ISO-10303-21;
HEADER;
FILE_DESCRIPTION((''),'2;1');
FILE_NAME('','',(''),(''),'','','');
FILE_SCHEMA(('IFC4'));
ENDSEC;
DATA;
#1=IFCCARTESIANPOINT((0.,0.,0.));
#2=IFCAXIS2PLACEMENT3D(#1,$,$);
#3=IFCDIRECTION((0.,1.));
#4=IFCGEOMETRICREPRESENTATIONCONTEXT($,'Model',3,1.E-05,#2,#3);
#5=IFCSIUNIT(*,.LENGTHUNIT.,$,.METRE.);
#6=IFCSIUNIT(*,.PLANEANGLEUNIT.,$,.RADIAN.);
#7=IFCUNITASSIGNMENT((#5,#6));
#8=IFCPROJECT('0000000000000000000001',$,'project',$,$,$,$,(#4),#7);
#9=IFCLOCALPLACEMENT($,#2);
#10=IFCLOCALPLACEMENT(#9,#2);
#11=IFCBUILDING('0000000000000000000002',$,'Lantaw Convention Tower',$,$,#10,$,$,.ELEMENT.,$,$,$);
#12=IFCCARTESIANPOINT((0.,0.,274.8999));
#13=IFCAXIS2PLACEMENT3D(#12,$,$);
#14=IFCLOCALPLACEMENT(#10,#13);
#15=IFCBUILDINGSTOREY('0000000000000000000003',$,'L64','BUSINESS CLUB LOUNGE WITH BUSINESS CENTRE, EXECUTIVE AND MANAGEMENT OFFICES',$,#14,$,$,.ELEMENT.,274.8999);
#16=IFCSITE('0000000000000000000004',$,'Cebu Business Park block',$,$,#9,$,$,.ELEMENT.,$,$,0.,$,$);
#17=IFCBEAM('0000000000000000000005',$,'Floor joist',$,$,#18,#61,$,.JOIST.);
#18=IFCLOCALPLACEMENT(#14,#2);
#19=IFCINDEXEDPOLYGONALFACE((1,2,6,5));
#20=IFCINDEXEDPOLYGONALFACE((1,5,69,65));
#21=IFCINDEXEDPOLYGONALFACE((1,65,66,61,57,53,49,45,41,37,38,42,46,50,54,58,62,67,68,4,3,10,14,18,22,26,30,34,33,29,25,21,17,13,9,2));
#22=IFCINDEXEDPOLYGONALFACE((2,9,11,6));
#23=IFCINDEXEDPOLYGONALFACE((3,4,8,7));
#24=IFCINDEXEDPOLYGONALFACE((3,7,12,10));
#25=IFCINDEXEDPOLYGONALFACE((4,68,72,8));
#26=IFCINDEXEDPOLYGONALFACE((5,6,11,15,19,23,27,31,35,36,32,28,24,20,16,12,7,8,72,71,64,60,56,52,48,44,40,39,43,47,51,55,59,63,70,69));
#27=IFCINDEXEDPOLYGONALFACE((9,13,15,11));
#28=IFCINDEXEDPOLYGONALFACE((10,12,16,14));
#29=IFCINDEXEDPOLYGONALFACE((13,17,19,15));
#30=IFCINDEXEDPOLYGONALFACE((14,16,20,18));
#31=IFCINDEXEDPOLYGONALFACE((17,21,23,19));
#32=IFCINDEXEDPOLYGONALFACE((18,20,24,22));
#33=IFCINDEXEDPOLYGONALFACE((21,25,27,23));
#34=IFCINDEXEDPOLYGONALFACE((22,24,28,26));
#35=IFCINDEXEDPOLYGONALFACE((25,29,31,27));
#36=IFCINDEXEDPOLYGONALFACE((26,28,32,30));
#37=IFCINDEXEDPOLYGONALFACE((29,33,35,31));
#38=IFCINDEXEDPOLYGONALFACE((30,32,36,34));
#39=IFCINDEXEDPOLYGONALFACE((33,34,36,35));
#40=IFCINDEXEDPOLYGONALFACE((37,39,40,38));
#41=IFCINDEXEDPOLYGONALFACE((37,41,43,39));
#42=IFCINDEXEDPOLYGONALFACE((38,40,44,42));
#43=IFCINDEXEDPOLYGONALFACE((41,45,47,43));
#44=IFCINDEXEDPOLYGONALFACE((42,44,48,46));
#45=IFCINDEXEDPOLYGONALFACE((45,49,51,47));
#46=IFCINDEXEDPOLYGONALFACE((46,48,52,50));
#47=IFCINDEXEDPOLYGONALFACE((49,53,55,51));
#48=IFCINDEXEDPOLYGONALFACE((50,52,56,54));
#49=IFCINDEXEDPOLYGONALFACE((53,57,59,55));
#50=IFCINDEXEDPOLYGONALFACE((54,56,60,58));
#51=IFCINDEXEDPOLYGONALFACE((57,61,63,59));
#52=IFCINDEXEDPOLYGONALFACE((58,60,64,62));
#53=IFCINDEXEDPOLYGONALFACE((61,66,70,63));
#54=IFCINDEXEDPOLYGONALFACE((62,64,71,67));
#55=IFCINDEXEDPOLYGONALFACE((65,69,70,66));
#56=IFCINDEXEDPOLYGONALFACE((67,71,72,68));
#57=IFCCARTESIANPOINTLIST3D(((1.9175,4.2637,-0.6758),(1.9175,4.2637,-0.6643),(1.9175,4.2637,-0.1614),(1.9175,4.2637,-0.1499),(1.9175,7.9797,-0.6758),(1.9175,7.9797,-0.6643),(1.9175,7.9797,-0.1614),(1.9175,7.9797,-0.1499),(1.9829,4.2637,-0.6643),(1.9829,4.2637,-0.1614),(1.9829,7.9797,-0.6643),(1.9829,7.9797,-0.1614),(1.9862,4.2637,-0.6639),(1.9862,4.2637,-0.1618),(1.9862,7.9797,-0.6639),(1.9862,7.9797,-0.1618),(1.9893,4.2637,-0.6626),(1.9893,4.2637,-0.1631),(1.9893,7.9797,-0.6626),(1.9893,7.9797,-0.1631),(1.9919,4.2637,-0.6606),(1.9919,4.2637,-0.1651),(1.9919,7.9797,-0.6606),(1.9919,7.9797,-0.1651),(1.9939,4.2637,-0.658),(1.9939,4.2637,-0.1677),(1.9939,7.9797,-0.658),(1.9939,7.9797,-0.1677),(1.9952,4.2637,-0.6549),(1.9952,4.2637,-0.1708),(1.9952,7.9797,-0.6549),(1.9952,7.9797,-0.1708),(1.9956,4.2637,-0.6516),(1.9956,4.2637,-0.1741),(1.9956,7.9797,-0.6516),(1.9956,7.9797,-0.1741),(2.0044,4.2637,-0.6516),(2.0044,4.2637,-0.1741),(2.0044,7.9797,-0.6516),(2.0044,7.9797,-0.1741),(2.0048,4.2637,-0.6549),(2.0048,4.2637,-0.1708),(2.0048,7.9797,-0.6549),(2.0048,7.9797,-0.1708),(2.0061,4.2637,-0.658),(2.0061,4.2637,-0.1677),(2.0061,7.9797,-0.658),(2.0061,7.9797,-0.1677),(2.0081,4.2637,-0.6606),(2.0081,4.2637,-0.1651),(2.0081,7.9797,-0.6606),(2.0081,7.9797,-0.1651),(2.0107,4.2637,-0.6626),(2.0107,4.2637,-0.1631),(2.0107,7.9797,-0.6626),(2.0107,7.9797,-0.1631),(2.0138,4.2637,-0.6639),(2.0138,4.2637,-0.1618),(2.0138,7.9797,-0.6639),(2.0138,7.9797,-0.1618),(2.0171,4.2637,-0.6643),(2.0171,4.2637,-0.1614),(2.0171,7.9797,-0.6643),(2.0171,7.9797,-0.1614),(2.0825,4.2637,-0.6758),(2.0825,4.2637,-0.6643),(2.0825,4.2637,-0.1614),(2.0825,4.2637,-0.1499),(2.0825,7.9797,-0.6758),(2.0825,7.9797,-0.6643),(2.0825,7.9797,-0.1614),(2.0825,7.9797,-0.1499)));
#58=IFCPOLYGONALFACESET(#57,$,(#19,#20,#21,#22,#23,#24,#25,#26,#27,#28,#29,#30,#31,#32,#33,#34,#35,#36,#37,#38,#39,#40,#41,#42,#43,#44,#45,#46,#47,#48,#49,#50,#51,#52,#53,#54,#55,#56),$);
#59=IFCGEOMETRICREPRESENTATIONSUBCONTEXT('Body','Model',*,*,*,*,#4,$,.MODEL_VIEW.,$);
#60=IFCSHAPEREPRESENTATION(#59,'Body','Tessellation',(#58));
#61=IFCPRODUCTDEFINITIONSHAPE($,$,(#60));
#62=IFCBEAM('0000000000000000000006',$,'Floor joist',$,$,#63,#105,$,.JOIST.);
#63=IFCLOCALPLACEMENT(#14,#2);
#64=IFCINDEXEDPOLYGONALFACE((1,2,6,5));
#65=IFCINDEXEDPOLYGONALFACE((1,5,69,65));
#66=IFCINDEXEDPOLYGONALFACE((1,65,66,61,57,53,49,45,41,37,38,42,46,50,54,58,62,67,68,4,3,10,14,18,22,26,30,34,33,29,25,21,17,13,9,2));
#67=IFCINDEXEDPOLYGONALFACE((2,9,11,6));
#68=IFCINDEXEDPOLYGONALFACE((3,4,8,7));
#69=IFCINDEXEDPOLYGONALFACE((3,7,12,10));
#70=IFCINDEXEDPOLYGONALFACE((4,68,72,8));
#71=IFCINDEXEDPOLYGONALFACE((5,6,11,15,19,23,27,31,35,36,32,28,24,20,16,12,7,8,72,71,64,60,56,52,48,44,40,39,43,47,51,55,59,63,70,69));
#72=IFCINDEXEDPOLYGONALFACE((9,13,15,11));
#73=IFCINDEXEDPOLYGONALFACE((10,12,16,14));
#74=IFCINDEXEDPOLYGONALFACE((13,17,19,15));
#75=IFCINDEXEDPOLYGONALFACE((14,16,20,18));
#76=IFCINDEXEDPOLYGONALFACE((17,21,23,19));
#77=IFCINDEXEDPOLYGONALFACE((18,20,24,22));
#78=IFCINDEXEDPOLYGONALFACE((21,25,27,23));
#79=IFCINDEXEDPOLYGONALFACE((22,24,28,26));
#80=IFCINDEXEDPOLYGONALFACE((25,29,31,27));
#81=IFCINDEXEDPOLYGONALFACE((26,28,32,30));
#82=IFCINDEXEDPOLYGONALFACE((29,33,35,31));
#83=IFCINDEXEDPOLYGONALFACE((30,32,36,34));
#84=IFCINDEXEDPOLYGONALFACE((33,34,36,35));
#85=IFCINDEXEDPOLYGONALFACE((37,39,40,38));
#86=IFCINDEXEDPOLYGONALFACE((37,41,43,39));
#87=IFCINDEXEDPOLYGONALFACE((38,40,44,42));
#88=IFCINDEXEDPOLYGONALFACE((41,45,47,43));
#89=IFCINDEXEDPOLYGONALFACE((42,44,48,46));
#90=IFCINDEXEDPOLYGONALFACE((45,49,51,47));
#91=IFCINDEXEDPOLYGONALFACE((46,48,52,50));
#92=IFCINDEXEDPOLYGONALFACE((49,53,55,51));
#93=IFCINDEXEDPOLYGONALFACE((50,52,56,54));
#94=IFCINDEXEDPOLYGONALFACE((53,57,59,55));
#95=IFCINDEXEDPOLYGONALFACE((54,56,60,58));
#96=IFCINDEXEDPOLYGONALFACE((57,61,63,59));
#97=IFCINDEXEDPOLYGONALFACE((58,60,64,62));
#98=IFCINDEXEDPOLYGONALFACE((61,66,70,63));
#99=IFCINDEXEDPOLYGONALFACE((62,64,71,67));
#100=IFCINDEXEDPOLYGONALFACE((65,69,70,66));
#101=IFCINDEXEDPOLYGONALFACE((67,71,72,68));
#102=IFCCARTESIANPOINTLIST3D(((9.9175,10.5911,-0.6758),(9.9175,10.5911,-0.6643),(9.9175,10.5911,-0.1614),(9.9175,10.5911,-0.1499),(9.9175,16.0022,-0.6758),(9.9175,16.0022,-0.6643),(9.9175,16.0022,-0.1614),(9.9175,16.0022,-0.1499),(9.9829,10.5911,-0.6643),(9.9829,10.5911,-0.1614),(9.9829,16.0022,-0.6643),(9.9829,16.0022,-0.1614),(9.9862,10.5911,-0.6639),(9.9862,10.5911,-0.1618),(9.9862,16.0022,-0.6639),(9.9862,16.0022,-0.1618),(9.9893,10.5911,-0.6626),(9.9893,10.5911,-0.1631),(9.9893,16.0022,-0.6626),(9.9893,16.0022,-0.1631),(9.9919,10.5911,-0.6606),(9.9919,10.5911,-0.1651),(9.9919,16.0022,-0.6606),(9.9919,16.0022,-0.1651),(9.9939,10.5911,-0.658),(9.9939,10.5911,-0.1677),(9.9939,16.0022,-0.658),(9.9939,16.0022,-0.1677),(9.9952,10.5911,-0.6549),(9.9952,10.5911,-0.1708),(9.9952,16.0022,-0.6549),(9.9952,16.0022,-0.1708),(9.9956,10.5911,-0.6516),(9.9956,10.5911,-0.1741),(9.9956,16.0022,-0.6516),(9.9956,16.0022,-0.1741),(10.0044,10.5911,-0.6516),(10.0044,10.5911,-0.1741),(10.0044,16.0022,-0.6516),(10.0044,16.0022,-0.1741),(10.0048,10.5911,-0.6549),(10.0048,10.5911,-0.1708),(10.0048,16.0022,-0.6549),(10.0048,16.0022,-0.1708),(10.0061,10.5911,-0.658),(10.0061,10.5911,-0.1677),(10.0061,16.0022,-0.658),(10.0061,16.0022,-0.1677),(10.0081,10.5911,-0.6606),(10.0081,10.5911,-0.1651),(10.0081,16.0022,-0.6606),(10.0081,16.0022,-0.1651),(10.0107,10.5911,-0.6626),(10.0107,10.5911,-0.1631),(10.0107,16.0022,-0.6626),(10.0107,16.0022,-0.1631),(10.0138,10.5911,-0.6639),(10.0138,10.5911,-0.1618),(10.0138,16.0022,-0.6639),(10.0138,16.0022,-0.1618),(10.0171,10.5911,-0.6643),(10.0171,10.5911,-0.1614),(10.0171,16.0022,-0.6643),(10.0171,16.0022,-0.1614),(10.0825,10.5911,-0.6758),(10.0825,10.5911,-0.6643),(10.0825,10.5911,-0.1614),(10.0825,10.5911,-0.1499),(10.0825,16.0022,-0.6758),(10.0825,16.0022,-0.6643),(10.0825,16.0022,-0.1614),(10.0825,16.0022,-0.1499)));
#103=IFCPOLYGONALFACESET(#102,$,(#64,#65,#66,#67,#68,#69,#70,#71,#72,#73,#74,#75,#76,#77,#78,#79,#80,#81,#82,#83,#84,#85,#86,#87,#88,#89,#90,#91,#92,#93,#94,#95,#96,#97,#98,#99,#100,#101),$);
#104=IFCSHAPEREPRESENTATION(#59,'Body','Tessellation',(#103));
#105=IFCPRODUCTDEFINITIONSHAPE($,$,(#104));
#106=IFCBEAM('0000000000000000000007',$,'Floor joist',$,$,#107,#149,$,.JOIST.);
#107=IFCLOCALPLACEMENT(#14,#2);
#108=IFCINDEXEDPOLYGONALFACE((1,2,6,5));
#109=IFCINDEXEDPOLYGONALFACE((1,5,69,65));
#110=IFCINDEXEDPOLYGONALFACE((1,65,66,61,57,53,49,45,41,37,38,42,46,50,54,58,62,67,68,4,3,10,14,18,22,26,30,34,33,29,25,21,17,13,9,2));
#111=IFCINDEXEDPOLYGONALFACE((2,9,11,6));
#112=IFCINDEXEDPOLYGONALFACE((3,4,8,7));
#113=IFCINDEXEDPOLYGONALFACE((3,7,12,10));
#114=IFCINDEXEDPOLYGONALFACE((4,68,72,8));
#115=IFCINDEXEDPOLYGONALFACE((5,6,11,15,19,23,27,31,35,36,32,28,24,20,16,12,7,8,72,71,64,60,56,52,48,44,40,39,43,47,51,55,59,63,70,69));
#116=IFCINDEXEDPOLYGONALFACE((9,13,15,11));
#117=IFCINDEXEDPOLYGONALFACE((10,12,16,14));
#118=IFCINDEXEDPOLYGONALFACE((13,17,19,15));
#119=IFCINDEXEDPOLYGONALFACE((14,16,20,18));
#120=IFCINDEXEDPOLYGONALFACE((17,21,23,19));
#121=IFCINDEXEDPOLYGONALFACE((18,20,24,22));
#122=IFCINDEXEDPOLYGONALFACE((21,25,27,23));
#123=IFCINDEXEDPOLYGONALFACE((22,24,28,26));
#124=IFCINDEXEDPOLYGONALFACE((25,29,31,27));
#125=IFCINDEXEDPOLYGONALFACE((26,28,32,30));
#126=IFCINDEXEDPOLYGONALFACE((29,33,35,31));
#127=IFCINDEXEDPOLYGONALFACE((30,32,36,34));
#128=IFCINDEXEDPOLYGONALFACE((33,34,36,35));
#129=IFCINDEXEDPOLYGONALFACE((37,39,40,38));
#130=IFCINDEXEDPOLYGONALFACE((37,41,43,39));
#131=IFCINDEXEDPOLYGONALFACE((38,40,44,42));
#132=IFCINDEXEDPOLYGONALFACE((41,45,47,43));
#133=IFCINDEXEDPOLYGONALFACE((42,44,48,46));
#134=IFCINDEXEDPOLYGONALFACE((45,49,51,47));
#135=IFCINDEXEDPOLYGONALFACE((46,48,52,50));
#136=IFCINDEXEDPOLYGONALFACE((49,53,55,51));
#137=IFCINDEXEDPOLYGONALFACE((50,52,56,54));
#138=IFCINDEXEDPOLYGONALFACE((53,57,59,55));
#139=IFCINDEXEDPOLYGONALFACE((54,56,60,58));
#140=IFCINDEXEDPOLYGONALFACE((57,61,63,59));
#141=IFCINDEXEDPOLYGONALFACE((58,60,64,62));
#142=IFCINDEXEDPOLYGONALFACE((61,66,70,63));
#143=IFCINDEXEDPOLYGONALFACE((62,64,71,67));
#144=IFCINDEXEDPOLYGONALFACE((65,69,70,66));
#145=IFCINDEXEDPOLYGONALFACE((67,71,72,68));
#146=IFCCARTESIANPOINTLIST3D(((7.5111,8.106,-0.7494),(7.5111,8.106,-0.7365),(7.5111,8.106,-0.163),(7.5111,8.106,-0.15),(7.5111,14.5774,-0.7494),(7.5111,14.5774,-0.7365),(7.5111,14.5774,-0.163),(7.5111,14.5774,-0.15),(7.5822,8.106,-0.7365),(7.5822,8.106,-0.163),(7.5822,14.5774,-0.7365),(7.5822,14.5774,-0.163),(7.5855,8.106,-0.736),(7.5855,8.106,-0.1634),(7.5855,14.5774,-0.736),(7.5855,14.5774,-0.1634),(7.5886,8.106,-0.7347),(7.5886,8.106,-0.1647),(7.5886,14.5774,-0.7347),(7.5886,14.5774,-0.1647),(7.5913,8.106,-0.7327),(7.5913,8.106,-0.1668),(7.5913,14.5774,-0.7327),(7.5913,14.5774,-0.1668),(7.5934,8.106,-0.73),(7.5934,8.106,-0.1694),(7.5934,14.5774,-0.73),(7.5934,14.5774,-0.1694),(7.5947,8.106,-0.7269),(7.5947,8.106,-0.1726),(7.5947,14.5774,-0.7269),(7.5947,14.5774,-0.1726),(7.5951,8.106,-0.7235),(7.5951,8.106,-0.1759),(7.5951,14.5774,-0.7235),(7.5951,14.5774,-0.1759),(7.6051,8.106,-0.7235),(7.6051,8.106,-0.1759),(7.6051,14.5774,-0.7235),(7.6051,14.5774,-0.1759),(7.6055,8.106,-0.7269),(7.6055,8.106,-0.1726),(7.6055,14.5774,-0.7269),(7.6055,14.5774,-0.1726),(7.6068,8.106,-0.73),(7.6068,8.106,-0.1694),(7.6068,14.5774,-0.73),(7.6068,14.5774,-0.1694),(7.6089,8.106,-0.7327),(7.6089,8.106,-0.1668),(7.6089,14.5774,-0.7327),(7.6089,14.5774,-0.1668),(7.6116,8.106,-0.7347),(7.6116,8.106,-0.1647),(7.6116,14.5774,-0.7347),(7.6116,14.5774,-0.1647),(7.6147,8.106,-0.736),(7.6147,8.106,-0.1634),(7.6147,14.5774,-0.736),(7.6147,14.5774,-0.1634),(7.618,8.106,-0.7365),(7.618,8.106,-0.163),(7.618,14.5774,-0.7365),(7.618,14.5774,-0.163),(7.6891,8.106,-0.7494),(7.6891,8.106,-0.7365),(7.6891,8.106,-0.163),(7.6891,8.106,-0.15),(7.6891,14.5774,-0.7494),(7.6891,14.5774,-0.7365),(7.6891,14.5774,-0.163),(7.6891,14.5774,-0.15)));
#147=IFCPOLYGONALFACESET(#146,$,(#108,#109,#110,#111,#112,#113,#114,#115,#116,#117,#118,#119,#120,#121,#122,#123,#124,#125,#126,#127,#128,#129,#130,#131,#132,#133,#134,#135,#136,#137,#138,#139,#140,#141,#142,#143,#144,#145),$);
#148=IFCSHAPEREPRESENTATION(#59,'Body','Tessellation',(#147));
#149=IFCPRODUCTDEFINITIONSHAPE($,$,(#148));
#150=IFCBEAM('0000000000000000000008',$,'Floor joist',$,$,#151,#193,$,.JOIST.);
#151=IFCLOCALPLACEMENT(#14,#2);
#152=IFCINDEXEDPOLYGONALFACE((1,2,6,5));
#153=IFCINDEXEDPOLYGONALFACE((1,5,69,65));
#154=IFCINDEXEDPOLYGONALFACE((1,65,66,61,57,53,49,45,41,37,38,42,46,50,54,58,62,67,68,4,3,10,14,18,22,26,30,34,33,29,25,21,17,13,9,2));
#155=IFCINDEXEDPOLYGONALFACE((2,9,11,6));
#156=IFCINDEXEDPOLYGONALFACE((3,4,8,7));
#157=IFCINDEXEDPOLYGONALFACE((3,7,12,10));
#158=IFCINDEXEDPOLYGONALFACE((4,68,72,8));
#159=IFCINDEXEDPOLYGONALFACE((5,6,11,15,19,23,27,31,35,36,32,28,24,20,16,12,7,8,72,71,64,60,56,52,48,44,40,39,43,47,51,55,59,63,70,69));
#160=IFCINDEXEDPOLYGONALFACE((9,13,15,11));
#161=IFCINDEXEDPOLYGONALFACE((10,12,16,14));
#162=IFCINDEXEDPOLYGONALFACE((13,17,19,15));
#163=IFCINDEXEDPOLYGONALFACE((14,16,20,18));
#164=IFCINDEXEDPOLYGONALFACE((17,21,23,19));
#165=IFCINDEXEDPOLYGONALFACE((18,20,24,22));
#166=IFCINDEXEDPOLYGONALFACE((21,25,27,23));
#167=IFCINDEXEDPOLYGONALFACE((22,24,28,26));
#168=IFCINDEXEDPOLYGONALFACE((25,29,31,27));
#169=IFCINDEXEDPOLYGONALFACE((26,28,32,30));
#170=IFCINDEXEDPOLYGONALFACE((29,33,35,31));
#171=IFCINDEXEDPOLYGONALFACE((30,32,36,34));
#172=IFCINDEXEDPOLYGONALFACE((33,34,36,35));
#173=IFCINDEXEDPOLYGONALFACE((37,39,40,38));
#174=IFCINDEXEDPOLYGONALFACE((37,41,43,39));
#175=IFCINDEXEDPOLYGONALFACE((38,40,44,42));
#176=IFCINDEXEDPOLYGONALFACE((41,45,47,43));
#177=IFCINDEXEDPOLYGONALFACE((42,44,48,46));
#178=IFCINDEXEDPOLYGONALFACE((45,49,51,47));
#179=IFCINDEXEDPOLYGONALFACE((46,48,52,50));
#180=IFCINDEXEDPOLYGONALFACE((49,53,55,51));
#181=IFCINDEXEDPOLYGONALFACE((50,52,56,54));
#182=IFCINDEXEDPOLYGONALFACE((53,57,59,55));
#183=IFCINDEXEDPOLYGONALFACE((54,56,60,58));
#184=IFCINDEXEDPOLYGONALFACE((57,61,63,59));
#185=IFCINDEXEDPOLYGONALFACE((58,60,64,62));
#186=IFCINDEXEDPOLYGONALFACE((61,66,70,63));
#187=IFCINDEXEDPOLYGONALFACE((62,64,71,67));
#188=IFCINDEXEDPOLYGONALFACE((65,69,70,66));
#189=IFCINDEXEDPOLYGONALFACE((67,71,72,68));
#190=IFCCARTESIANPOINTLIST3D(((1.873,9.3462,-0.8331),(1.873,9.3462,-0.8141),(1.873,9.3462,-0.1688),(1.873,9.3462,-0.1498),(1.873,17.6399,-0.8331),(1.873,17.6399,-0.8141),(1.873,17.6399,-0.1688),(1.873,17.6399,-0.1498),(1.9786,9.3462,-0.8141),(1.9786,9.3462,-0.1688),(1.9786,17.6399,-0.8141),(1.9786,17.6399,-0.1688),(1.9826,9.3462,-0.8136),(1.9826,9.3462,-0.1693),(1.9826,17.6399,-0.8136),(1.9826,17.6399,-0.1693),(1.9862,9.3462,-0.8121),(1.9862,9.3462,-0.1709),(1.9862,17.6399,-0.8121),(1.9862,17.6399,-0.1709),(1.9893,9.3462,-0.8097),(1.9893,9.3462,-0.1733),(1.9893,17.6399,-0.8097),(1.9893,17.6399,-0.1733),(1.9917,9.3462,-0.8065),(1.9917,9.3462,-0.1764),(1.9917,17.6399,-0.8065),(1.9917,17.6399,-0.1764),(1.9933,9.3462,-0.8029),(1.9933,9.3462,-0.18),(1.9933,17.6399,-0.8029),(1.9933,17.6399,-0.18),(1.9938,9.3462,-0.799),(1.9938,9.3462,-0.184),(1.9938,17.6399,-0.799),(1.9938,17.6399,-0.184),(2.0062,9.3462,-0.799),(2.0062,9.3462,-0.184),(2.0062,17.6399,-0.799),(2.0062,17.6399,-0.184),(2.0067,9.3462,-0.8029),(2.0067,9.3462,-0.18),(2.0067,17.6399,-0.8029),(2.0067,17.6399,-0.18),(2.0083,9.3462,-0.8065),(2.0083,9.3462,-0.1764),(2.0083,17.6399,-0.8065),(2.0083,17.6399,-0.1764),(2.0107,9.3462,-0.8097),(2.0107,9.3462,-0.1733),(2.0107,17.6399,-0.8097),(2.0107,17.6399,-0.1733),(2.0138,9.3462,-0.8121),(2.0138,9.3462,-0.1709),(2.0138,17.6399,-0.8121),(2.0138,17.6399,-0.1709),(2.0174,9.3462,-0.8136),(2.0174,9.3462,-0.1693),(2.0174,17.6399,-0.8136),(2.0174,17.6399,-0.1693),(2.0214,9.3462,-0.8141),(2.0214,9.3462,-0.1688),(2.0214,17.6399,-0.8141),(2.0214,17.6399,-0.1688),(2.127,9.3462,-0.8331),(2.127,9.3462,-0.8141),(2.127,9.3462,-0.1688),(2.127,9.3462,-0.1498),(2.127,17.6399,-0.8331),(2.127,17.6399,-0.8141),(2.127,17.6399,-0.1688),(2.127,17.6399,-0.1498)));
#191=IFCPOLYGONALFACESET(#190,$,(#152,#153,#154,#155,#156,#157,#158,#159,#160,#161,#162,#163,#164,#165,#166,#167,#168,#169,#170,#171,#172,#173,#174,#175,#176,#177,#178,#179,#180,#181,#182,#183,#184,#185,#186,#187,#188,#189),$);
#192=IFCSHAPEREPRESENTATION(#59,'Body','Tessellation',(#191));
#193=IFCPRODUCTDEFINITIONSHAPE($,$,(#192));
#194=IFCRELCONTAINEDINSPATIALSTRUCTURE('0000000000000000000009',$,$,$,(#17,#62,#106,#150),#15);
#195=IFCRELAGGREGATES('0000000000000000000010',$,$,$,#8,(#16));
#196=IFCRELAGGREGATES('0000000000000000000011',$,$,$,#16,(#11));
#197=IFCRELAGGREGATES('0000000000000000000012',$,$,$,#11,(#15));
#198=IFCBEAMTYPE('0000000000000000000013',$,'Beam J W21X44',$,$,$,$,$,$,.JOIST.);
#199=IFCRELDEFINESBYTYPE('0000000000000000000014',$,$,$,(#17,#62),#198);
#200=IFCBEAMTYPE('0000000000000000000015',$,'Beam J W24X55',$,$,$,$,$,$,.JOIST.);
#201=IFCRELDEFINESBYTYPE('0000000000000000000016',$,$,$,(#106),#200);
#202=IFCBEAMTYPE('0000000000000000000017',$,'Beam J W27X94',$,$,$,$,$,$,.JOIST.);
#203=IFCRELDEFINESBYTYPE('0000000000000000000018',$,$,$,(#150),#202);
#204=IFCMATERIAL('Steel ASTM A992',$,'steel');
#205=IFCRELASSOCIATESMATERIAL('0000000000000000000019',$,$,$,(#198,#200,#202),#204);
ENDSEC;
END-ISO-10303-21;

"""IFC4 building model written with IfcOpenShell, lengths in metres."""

from ifc_helpers import new_model, si_unit, direction, frame, origin, origin_2d, place, context, subcontext, project, spatial, i_section, extrude, material, material_profile, profile_set, type_object, element, save


model = new_model("IFC4")

# Units and contexts
model_context = context("Model", 3, precision=1e-05, world=origin(), true_north=direction((0.0, 1.0)))
body_context = subcontext(model_context, "Body", "Model", "MODEL_VIEW")
ifc_project = project(units=[si_unit("LENGTHUNIT", "METRE"), si_unit("PLANEANGLEUNIT", "RADIAN")], contexts=[model_context])

# Site, building, storey
site_placement = place(None, origin())
site = spatial("IfcSite", under=ifc_project, at=site_placement, Name="Cebu Business Park block", CompositionType="ELEMENT", RefElevation=0.0)
building_placement = place(site_placement, origin())
building = spatial("IfcBuilding", under=site, at=building_placement, Name="Lantaw Convention Tower", CompositionType="ELEMENT")
storey_placement = place(building_placement, frame((0.0, 0.0, 274.8999)))
storey = spatial("IfcBuildingStorey", under=building, at=storey_placement, Name="L64", Description="BUSINESS CLUB LOUNGE WITH BUSINESS CENTRE, EXECUTIVE AND MANAGEMENT OFFICES", CompositionType="ELEMENT", Elevation=274.8999)

# Beams
ifc_material_1 = material(Name="Steel ASTM A992", Category="steel")
ifc_material_profile_1 = material_profile(ifc_material_1, i_section(OverallWidth=0.165, OverallDepth=0.5259, WebThickness=0.0088, FlangeThickness=0.0115, FilletRadius=0.0127, at=origin_2d()), Name="W21X44")
ifc_profile_set_1 = profile_set([ifc_material_profile_1], Name="Steel ASTM A992")
beam_type_1 = type_object("IfcBeamType", Name="Beam J W21X44", PredefinedType="JOIST", material=ifc_profile_set_1)
beam_1_placement = place(storey_placement, frame((2.0, 4.2637, -0.4128), z_axis=(0.0, 1.0, 0.0), x_axis=(-1.0, 0.0, 0.0)))
element("IfcBeam", 1, at=beam_1_placement, inside=storey, type_object=beam_type_1, Name="Floor joist", PredefinedType="JOIST", context=body_context, shape_type="SweptSolid", body=[
    extrude(i_section(OverallWidth=0.165, OverallDepth=0.5259, WebThickness=0.0088, FlangeThickness=0.0115, FilletRadius=0.0127, at=origin_2d()), origin(), (0.0, 0.0, 1.0), 3.7161),
])
beam_2_placement = place(storey_placement, frame((10.0, 10.5911, -0.4128), z_axis=(0.0, 1.0, 0.0), x_axis=(-1.0, 0.0, 0.0)))
element("IfcBeam", 2, at=beam_2_placement, inside=storey, type_object=beam_type_1, Name="Floor joist", PredefinedType="JOIST", context=body_context, shape_type="SweptSolid", body=[
    extrude(i_section(OverallWidth=0.165, OverallDepth=0.5259, WebThickness=0.0088, FlangeThickness=0.0115, FilletRadius=0.0127, at=origin_2d()), origin(), (0.0, 0.0, 1.0), 5.4111),
])
ifc_material_profile_2 = material_profile(ifc_material_1, i_section(OverallWidth=0.178, OverallDepth=0.5994, WebThickness=0.01, FlangeThickness=0.0129, FilletRadius=0.0129, at=origin_2d()), Name="W24X55")
ifc_profile_set_2 = profile_set([ifc_material_profile_2], Name="Steel ASTM A992")
beam_type_2 = type_object("IfcBeamType", Name="Beam J W24X55", PredefinedType="JOIST", material=ifc_profile_set_2)
beam_3_placement = place(storey_placement, frame((7.6001, 8.106, -0.4497), z_axis=(0.0, 1.0, 0.0), x_axis=(-1.0, 0.0, 0.0)))
element("IfcBeam", 3, at=beam_3_placement, inside=storey, type_object=beam_type_2, Name="Floor joist", PredefinedType="JOIST", context=body_context, shape_type="SweptSolid", body=[
    extrude(i_section(OverallWidth=0.178, OverallDepth=0.5994, WebThickness=0.01, FlangeThickness=0.0129, FilletRadius=0.0129, at=origin_2d()), origin(), (0.0, 0.0, 1.0), 6.4714),
])
ifc_material_profile_3 = material_profile(ifc_material_1, i_section(OverallWidth=0.2539, OverallDepth=0.6833, WebThickness=0.0125, FlangeThickness=0.019, FilletRadius=0.0151, at=origin_2d()), Name="W27X94")
ifc_profile_set_3 = profile_set([ifc_material_profile_3], Name="Steel ASTM A992")
beam_type_3 = type_object("IfcBeamType", Name="Beam J W27X94", PredefinedType="JOIST", material=ifc_profile_set_3)
beam_4_placement = place(storey_placement, frame((2.0, 9.3462, -0.4915), z_axis=(0.0, 1.0, 0.0), x_axis=(-1.0, 0.0, 0.0)))
element("IfcBeam", 4, at=beam_4_placement, inside=storey, type_object=beam_type_3, Name="Floor joist", PredefinedType="JOIST", context=body_context, shape_type="SweptSolid", body=[
    extrude(i_section(OverallWidth=0.2539, OverallDepth=0.6833, WebThickness=0.0125, FlangeThickness=0.019, FilletRadius=0.0151, at=origin_2d()), origin(), (0.0, 0.0, 1.0), 8.2937),
])

save(model, "model.ifc")
